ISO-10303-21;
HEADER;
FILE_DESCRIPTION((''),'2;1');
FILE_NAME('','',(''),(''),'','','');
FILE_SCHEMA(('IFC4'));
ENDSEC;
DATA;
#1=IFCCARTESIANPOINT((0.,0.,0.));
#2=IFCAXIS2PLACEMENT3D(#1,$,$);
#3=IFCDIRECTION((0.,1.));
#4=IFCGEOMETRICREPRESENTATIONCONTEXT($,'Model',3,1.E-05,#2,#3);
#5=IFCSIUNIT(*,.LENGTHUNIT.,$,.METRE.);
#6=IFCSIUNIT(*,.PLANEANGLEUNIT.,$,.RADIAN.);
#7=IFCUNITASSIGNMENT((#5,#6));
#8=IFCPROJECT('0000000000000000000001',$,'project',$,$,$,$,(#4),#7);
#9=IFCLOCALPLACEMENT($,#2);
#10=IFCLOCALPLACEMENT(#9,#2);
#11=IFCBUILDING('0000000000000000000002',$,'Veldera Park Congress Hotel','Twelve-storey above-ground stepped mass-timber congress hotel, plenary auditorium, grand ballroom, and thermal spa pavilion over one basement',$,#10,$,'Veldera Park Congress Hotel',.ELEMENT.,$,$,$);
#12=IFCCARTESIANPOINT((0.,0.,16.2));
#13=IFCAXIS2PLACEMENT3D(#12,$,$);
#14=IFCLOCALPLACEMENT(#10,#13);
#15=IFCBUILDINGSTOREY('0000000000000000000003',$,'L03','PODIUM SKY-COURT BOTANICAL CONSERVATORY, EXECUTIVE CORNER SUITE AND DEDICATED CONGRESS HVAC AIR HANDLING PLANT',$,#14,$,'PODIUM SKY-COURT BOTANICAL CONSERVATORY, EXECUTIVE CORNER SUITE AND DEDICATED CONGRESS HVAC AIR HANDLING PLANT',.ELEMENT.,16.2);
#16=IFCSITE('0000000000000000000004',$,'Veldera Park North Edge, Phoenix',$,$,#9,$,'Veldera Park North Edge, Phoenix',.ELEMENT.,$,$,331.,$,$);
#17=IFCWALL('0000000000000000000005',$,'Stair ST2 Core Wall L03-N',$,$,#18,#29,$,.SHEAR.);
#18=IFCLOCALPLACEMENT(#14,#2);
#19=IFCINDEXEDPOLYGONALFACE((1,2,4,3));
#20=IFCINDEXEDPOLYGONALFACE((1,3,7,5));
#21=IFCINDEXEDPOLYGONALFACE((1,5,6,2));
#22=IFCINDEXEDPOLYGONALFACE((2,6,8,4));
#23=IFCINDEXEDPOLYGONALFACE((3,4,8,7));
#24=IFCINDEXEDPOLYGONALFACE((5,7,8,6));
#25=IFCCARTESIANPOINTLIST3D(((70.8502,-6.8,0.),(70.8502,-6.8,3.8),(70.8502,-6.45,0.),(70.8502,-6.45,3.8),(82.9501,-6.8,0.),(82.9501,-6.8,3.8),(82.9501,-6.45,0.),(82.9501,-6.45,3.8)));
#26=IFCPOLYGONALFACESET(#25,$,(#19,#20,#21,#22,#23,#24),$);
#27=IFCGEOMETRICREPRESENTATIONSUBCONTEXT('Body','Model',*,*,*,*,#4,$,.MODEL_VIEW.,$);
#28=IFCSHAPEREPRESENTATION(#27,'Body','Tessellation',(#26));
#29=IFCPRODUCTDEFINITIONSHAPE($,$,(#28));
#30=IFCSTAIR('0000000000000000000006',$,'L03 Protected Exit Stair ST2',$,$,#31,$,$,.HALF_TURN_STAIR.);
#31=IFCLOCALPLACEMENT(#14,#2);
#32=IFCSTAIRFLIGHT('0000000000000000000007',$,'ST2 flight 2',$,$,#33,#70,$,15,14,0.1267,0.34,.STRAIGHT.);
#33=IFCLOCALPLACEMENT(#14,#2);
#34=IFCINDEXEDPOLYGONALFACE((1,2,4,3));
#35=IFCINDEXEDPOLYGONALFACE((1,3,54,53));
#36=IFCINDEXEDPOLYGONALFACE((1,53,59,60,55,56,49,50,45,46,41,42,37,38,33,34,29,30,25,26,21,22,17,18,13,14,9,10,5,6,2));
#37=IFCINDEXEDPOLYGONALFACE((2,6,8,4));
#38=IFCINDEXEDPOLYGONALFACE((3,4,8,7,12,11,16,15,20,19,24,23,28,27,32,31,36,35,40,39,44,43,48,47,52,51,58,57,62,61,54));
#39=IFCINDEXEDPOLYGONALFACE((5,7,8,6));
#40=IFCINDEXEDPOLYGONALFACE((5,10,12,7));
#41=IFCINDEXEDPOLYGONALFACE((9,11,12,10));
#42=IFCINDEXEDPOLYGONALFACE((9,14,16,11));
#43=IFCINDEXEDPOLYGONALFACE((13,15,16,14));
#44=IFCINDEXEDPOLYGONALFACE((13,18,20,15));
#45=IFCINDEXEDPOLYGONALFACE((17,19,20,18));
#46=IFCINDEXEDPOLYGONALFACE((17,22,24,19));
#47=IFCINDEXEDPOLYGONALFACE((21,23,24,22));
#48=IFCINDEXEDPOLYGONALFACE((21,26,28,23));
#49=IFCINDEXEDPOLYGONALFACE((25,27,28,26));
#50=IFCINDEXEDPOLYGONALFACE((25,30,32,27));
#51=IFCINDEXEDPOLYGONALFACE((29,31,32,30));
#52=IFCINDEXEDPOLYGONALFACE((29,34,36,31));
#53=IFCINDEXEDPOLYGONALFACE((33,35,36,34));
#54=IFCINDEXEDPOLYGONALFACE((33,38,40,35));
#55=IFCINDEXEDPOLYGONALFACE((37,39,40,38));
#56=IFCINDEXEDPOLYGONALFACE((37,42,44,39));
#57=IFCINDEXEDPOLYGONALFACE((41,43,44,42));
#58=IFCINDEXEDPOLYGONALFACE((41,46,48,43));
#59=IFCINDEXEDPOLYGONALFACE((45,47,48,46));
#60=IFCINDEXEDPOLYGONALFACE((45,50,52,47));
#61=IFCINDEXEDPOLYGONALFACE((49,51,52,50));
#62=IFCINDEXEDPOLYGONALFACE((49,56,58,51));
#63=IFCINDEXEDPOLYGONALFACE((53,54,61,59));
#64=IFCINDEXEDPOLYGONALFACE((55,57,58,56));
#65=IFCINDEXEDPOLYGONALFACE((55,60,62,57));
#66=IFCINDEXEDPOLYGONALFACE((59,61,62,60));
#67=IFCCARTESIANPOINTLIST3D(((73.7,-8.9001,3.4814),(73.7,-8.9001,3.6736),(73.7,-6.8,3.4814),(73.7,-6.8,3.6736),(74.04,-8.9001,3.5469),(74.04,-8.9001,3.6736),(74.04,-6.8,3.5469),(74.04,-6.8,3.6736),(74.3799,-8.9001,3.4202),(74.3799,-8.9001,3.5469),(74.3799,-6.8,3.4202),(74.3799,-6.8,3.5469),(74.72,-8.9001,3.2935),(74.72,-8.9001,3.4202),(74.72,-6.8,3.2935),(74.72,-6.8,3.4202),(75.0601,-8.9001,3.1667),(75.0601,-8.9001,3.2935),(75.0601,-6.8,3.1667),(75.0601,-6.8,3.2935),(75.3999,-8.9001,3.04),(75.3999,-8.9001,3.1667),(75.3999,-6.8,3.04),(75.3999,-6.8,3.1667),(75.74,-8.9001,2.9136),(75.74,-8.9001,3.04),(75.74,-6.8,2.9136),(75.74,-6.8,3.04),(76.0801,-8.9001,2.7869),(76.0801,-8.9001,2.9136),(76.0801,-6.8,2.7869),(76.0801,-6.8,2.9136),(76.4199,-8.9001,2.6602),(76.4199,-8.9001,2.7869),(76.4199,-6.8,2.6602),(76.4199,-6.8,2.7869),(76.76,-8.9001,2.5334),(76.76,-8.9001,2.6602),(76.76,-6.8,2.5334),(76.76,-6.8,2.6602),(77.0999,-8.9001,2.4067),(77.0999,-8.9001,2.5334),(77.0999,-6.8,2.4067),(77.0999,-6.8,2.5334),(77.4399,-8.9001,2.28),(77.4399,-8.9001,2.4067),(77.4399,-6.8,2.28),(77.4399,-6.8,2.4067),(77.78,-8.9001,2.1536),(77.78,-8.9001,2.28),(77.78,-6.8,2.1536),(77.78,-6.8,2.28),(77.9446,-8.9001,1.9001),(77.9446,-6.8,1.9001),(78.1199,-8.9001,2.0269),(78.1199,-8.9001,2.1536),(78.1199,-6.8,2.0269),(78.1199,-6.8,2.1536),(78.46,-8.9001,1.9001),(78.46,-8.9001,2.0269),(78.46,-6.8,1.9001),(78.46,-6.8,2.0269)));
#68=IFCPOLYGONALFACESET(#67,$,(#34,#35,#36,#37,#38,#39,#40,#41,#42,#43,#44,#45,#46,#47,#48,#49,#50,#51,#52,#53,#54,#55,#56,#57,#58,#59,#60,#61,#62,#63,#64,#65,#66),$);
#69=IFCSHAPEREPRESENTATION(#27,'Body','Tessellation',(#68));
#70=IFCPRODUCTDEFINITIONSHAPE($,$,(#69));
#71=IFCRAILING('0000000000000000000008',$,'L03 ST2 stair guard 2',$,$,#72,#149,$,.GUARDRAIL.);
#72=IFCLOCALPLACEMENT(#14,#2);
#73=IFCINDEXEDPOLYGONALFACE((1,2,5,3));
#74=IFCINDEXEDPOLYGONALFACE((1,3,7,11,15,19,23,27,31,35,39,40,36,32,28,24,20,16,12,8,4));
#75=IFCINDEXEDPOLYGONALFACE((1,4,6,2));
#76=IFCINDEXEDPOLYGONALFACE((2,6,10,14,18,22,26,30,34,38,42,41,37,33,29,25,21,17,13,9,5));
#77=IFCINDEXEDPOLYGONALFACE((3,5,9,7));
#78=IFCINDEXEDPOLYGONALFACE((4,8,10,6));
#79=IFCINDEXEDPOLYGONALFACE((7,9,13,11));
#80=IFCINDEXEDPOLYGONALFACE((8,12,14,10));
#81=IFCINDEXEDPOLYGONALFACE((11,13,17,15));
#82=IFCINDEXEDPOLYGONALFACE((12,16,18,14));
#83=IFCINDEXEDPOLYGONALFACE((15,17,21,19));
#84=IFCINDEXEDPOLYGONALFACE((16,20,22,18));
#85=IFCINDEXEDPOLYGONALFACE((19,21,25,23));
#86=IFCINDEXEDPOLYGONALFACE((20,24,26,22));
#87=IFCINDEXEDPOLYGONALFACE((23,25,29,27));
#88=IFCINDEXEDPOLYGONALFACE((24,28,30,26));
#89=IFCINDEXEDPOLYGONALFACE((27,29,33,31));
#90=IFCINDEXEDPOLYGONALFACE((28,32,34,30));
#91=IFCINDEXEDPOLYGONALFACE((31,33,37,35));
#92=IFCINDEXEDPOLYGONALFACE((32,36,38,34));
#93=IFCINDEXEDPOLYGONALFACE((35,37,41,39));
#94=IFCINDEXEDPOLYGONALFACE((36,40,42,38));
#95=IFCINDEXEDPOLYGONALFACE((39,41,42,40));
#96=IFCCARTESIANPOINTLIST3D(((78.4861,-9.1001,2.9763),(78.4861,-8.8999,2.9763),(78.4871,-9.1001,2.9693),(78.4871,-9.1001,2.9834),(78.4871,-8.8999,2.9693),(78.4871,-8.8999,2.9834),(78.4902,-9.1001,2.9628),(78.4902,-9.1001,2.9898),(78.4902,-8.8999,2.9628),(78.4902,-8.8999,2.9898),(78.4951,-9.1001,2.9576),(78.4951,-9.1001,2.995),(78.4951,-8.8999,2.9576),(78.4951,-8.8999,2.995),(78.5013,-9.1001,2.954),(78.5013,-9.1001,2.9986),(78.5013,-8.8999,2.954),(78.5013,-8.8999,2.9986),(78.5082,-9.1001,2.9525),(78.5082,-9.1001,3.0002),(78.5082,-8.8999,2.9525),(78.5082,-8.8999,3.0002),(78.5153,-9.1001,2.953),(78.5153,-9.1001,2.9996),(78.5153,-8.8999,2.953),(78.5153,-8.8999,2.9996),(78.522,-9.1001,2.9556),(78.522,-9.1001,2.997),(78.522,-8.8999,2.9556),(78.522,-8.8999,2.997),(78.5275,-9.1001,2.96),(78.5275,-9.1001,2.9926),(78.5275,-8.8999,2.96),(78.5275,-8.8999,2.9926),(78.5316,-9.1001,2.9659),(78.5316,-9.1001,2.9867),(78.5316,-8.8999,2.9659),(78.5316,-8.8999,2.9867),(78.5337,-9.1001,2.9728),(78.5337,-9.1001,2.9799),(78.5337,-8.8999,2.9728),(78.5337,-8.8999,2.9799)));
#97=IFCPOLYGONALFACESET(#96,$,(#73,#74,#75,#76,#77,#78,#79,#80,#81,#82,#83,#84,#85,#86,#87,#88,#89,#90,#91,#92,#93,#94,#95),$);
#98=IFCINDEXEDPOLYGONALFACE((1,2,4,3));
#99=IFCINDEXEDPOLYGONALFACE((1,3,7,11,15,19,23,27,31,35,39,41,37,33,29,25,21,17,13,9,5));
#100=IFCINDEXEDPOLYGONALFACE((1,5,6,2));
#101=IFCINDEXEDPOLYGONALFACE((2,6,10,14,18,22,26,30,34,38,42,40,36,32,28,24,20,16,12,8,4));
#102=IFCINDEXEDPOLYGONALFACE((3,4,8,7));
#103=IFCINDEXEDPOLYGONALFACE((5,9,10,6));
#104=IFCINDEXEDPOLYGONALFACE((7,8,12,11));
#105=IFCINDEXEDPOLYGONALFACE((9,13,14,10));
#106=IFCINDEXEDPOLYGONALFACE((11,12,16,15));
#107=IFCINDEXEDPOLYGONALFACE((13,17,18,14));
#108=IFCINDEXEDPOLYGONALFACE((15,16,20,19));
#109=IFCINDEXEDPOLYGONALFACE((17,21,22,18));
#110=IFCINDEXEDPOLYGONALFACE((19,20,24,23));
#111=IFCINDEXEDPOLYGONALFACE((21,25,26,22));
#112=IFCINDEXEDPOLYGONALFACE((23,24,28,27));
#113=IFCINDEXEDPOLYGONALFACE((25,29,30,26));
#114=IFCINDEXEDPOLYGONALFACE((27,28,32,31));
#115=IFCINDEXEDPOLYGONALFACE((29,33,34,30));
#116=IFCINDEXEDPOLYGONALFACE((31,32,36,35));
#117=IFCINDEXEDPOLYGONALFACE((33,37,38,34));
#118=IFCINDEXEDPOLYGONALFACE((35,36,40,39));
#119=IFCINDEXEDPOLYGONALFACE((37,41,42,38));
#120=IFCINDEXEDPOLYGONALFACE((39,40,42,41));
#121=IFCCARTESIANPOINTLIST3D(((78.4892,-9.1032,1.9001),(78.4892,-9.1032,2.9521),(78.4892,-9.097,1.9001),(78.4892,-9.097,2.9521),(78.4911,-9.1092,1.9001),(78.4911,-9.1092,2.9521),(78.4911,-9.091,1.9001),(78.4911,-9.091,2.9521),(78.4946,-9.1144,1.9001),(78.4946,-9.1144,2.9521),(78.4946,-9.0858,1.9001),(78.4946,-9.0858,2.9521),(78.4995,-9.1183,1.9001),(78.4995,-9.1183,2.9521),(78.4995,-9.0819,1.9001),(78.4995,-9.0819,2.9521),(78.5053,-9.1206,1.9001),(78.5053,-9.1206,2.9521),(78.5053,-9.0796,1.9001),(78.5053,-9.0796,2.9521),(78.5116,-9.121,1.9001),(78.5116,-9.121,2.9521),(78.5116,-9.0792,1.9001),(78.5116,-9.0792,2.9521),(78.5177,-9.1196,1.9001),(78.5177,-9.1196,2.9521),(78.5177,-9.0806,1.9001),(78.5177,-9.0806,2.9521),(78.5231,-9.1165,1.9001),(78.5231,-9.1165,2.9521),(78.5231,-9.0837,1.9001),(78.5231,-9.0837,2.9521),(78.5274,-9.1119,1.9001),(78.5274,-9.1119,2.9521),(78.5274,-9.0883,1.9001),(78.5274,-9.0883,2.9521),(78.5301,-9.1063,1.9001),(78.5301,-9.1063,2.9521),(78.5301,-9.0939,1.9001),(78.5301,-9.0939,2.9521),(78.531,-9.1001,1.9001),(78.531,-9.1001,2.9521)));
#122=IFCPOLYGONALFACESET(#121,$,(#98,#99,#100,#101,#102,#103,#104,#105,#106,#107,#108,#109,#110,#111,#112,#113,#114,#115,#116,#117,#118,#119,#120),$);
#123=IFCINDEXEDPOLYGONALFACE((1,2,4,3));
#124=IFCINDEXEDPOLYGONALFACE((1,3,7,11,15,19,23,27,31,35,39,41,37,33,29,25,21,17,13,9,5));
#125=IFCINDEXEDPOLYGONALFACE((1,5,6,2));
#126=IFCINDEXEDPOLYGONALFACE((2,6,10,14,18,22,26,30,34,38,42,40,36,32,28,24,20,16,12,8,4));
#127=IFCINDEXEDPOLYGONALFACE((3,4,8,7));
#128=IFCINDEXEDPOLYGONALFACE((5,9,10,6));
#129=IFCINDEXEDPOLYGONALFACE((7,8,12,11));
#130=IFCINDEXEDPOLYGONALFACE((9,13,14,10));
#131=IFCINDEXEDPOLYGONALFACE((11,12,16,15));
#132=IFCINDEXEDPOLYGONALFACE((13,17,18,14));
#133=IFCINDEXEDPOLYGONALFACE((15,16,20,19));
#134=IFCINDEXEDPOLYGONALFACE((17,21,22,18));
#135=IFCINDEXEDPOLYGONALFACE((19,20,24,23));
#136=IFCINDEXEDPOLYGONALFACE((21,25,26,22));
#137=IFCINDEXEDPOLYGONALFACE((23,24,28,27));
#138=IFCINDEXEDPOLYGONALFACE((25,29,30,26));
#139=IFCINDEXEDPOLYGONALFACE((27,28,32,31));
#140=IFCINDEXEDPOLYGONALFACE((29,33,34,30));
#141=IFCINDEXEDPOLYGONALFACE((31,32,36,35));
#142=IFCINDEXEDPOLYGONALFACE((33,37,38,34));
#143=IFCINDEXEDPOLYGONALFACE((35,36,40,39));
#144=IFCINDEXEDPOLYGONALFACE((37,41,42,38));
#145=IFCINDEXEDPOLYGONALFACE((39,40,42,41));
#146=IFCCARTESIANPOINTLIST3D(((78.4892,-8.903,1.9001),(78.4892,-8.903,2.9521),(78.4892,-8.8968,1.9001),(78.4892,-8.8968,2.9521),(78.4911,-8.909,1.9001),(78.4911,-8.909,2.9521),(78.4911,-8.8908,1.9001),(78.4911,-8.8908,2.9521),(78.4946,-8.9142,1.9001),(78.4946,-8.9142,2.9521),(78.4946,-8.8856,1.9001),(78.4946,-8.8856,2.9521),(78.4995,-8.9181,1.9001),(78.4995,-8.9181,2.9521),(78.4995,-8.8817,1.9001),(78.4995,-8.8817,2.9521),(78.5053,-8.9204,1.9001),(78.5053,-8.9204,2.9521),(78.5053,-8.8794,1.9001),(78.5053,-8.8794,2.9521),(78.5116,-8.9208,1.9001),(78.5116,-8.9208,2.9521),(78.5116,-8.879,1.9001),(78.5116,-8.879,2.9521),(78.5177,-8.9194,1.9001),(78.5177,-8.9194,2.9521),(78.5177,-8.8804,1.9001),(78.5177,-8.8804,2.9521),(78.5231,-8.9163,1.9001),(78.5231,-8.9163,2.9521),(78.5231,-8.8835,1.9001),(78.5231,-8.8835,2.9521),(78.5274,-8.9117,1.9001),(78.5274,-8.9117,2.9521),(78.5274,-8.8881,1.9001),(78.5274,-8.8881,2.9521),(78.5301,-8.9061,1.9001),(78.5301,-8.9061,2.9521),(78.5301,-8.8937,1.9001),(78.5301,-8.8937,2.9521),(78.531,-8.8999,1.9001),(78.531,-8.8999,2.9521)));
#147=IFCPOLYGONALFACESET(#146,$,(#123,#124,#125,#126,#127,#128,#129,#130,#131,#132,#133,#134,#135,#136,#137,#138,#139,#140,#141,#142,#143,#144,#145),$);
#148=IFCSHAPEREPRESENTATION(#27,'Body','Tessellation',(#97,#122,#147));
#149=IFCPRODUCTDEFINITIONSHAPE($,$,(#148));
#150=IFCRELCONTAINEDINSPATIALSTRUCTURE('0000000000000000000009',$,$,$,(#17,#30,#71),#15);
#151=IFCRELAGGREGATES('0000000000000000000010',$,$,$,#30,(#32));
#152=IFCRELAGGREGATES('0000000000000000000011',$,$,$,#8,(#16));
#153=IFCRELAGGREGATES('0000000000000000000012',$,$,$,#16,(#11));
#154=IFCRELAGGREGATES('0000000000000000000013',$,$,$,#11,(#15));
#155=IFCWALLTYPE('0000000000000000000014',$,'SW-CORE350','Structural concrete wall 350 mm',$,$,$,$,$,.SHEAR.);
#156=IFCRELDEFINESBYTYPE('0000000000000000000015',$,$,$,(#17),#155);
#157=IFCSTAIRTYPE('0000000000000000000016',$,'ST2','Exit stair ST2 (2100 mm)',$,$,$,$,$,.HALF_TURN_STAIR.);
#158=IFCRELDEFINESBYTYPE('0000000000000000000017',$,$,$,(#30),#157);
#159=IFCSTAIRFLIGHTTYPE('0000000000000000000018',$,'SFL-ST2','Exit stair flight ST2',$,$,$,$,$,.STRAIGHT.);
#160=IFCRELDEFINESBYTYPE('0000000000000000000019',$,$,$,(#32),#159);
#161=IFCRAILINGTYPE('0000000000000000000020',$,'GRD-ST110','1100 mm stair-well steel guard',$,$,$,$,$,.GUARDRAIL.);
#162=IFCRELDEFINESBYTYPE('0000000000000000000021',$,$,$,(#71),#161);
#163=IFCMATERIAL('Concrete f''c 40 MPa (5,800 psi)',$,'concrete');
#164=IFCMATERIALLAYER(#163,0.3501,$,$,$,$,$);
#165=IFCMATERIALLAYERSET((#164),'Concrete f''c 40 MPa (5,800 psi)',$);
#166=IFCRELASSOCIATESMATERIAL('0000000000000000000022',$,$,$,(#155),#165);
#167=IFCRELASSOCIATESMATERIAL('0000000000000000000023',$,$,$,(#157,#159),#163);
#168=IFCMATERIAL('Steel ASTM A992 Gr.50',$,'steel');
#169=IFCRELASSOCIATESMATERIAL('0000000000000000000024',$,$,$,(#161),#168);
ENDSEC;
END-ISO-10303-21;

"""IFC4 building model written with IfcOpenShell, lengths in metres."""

from ifc_helpers import new_model, si_unit, direction, frame, frame_2d, origin, origin_2d, place, context, subcontext, project, spatial, polyline, rectangle, circle, outline, extrude, material, layer, layer_set, type_object, element, aggregate, save


model = new_model("IFC4")

# Units and contexts
model_context = context("Model", 3, precision=1e-05, world=origin(), true_north=direction((0.0, 1.0)))
body_context = subcontext(model_context, "Body", "Model", "MODEL_VIEW")
ifc_project = project(units=[si_unit("LENGTHUNIT", "METRE"), si_unit("PLANEANGLEUNIT", "RADIAN")], contexts=[model_context])

# Site, building, storey
site_placement = place(None, origin())
site = spatial("IfcSite", under=ifc_project, at=site_placement, Name="Veldera Park North Edge, Phoenix", LongName="Veldera Park North Edge, Phoenix", CompositionType="ELEMENT", RefElevation=331.0)
building_placement = place(site_placement, origin())
building = spatial("IfcBuilding", under=site, at=building_placement, Name="Veldera Park Congress Hotel", Description="Twelve-storey above-ground stepped mass-timber congress hotel, plenary auditorium, grand ballroom, and thermal spa pavilion over one basement", LongName="Veldera Park Congress Hotel", CompositionType="ELEMENT")
storey_placement = place(building_placement, frame((0.0, 0.0, 16.2)))
storey = spatial("IfcBuildingStorey", under=building, at=storey_placement, Name="L03", Description="PODIUM SKY-COURT BOTANICAL CONSERVATORY, EXECUTIVE CORNER SUITE AND DEDICATED CONGRESS HVAC AIR HANDLING PLANT", LongName="PODIUM SKY-COURT BOTANICAL CONSERVATORY, EXECUTIVE CORNER SUITE AND DEDICATED CONGRESS HVAC AIR HANDLING PLANT", CompositionType="ELEMENT", Elevation=16.2)

# Wall
ifc_material_1 = material(Name="Concrete f'c 40 MPa (5,800 psi)", Category="concrete")
ifc_layer_1 = layer(ifc_material_1, 0.3501)
ifc_layer_set_1 = layer_set([ifc_layer_1], Name="Concrete f'c 40 MPa (5,800 psi)")
wall_type_1 = type_object("IfcWallType", Name="SW-CORE350", Description="Structural concrete wall 350 mm", PredefinedType="SHEAR", material=ifc_layer_set_1)
wall_1_placement = place(storey_placement, frame((82.95, -6.625, 0.0), z_axis=(0.0, 0.0, 1.0), x_axis=(-1.0, 0.0, 0.0)))
element("IfcWall", 1, at=wall_1_placement, inside=storey, type_object=wall_type_1, Name="Stair ST2 Core Wall L03-N", PredefinedType="SHEAR", context=body_context, shape_type="SweptSolid", body=[
    extrude(rectangle(XDim=12.0999, YDim=0.3501, at=frame_2d((6.0498, 0.0))), origin(), (0.0, 0.0, 1.0), 3.8),
])

# Stair, stair flight
stair_type = type_object("IfcStairType", Name="ST2", Description="Exit stair ST2 (2100 mm)", PredefinedType="HALF_TURN_STAIR", material=ifc_material_1)
stair_placement = place(storey_placement, origin())
stair = element("IfcStair", 2, at=stair_placement, inside=storey, type_object=stair_type, Name="L03 Protected Exit Stair ST2", PredefinedType="HALF_TURN_STAIR")
stair_flight_type = type_object("IfcStairFlightType", Name="SFL-ST2", Description="Exit stair flight ST2", PredefinedType="STRAIGHT", material=ifc_material_1)
stair_flight_placement = place(storey_placement, frame((78.46, -7.8501, 1.9001), z_axis=(0.0, 0.0, 1.0), x_axis=(-1.0, 0.0, 0.0)))
stair_flight = element("IfcStairFlight", 3, at=stair_flight_placement, type_object=stair_flight_type, Name="ST2 flight 2", NumberOfRisers=15, NumberOfTreads=14, PredefinedType="STRAIGHT", RiserHeight=0.1267, TreadLength=0.34, context=body_context, shape_type="SweptSolid", body=[
    extrude(outline(polyline([(0.0, 0.0), (0.0, 0.1267), (0.3401, 0.1267), (0.3401, 0.2534), (0.6799, 0.2534), (0.6799, 0.3799), (1.02, 0.3799), (1.02, 0.5066), (1.3601, 0.5066), (1.3601, 0.6333), (1.7, 0.6333), (1.7, 0.76), (2.04, 0.76), (2.04, 0.8867), (2.3799, 0.8867), (2.3799, 1.0134), (2.72, 1.0134), (2.72, 1.1399), (3.0601, 1.1399), (3.0601, 1.2666), (3.3999, 1.2666), (3.3999, 1.3933), (3.74, 1.3933), (3.74, 1.52), (4.0801, 1.52), (4.0801, 1.6467), (4.4199, 1.6467), (4.4199, 1.7734), (4.76, 1.7734), (4.76, 1.8999), (4.76, 1.8999), (4.76, 1.5813), (0.5154, 0.0), (0.0, 0.0)])), frame((0.0, 1.05, 0.0), z_axis=(0.0, -1.0, 0.0), x_axis=(1.0, 0.0, 0.0)), (0.0, 0.0, 1.0), 2.1001),
])
aggregate(stair, [stair_flight])

# Railing
ifc_material_2 = material(Name="Steel ASTM A992 Gr.50", Category="steel")
railing_type_1 = type_object("IfcRailingType", Name="GRD-ST110", Description="1100 mm stair-well steel guard", PredefinedType="GUARDRAIL", material=ifc_material_2)
railing_1_placement = place(storey_placement, frame((78.51, -9.1001, 1.9001)))
element("IfcRailing", 4, at=railing_1_placement, inside=storey, type_object=railing_type_1, Name="L03 ST2 stair guard 2", PredefinedType="GUARDRAIL", context=body_context, shape_type="SweptSolid", body=[
    extrude(circle(Radius=0.0239, at=origin_2d()), frame((0.0, 0.0, 1.0762), z_axis=(0.0, 1.0, 0.0), x_axis=(-1.0, 0.0, 0.0)), (0.0, 0.0, 1.0), 0.2002),
    extrude(circle(Radius=0.021, at=origin_2d()), origin(), (0.0, 0.0, 1.0), 1.052),
    extrude(circle(Radius=0.021, at=origin_2d()), frame((0.0, 0.2002, 0.0)), (0.0, 0.0, 1.0), 1.052),
])

save(model, "model.ifc")
